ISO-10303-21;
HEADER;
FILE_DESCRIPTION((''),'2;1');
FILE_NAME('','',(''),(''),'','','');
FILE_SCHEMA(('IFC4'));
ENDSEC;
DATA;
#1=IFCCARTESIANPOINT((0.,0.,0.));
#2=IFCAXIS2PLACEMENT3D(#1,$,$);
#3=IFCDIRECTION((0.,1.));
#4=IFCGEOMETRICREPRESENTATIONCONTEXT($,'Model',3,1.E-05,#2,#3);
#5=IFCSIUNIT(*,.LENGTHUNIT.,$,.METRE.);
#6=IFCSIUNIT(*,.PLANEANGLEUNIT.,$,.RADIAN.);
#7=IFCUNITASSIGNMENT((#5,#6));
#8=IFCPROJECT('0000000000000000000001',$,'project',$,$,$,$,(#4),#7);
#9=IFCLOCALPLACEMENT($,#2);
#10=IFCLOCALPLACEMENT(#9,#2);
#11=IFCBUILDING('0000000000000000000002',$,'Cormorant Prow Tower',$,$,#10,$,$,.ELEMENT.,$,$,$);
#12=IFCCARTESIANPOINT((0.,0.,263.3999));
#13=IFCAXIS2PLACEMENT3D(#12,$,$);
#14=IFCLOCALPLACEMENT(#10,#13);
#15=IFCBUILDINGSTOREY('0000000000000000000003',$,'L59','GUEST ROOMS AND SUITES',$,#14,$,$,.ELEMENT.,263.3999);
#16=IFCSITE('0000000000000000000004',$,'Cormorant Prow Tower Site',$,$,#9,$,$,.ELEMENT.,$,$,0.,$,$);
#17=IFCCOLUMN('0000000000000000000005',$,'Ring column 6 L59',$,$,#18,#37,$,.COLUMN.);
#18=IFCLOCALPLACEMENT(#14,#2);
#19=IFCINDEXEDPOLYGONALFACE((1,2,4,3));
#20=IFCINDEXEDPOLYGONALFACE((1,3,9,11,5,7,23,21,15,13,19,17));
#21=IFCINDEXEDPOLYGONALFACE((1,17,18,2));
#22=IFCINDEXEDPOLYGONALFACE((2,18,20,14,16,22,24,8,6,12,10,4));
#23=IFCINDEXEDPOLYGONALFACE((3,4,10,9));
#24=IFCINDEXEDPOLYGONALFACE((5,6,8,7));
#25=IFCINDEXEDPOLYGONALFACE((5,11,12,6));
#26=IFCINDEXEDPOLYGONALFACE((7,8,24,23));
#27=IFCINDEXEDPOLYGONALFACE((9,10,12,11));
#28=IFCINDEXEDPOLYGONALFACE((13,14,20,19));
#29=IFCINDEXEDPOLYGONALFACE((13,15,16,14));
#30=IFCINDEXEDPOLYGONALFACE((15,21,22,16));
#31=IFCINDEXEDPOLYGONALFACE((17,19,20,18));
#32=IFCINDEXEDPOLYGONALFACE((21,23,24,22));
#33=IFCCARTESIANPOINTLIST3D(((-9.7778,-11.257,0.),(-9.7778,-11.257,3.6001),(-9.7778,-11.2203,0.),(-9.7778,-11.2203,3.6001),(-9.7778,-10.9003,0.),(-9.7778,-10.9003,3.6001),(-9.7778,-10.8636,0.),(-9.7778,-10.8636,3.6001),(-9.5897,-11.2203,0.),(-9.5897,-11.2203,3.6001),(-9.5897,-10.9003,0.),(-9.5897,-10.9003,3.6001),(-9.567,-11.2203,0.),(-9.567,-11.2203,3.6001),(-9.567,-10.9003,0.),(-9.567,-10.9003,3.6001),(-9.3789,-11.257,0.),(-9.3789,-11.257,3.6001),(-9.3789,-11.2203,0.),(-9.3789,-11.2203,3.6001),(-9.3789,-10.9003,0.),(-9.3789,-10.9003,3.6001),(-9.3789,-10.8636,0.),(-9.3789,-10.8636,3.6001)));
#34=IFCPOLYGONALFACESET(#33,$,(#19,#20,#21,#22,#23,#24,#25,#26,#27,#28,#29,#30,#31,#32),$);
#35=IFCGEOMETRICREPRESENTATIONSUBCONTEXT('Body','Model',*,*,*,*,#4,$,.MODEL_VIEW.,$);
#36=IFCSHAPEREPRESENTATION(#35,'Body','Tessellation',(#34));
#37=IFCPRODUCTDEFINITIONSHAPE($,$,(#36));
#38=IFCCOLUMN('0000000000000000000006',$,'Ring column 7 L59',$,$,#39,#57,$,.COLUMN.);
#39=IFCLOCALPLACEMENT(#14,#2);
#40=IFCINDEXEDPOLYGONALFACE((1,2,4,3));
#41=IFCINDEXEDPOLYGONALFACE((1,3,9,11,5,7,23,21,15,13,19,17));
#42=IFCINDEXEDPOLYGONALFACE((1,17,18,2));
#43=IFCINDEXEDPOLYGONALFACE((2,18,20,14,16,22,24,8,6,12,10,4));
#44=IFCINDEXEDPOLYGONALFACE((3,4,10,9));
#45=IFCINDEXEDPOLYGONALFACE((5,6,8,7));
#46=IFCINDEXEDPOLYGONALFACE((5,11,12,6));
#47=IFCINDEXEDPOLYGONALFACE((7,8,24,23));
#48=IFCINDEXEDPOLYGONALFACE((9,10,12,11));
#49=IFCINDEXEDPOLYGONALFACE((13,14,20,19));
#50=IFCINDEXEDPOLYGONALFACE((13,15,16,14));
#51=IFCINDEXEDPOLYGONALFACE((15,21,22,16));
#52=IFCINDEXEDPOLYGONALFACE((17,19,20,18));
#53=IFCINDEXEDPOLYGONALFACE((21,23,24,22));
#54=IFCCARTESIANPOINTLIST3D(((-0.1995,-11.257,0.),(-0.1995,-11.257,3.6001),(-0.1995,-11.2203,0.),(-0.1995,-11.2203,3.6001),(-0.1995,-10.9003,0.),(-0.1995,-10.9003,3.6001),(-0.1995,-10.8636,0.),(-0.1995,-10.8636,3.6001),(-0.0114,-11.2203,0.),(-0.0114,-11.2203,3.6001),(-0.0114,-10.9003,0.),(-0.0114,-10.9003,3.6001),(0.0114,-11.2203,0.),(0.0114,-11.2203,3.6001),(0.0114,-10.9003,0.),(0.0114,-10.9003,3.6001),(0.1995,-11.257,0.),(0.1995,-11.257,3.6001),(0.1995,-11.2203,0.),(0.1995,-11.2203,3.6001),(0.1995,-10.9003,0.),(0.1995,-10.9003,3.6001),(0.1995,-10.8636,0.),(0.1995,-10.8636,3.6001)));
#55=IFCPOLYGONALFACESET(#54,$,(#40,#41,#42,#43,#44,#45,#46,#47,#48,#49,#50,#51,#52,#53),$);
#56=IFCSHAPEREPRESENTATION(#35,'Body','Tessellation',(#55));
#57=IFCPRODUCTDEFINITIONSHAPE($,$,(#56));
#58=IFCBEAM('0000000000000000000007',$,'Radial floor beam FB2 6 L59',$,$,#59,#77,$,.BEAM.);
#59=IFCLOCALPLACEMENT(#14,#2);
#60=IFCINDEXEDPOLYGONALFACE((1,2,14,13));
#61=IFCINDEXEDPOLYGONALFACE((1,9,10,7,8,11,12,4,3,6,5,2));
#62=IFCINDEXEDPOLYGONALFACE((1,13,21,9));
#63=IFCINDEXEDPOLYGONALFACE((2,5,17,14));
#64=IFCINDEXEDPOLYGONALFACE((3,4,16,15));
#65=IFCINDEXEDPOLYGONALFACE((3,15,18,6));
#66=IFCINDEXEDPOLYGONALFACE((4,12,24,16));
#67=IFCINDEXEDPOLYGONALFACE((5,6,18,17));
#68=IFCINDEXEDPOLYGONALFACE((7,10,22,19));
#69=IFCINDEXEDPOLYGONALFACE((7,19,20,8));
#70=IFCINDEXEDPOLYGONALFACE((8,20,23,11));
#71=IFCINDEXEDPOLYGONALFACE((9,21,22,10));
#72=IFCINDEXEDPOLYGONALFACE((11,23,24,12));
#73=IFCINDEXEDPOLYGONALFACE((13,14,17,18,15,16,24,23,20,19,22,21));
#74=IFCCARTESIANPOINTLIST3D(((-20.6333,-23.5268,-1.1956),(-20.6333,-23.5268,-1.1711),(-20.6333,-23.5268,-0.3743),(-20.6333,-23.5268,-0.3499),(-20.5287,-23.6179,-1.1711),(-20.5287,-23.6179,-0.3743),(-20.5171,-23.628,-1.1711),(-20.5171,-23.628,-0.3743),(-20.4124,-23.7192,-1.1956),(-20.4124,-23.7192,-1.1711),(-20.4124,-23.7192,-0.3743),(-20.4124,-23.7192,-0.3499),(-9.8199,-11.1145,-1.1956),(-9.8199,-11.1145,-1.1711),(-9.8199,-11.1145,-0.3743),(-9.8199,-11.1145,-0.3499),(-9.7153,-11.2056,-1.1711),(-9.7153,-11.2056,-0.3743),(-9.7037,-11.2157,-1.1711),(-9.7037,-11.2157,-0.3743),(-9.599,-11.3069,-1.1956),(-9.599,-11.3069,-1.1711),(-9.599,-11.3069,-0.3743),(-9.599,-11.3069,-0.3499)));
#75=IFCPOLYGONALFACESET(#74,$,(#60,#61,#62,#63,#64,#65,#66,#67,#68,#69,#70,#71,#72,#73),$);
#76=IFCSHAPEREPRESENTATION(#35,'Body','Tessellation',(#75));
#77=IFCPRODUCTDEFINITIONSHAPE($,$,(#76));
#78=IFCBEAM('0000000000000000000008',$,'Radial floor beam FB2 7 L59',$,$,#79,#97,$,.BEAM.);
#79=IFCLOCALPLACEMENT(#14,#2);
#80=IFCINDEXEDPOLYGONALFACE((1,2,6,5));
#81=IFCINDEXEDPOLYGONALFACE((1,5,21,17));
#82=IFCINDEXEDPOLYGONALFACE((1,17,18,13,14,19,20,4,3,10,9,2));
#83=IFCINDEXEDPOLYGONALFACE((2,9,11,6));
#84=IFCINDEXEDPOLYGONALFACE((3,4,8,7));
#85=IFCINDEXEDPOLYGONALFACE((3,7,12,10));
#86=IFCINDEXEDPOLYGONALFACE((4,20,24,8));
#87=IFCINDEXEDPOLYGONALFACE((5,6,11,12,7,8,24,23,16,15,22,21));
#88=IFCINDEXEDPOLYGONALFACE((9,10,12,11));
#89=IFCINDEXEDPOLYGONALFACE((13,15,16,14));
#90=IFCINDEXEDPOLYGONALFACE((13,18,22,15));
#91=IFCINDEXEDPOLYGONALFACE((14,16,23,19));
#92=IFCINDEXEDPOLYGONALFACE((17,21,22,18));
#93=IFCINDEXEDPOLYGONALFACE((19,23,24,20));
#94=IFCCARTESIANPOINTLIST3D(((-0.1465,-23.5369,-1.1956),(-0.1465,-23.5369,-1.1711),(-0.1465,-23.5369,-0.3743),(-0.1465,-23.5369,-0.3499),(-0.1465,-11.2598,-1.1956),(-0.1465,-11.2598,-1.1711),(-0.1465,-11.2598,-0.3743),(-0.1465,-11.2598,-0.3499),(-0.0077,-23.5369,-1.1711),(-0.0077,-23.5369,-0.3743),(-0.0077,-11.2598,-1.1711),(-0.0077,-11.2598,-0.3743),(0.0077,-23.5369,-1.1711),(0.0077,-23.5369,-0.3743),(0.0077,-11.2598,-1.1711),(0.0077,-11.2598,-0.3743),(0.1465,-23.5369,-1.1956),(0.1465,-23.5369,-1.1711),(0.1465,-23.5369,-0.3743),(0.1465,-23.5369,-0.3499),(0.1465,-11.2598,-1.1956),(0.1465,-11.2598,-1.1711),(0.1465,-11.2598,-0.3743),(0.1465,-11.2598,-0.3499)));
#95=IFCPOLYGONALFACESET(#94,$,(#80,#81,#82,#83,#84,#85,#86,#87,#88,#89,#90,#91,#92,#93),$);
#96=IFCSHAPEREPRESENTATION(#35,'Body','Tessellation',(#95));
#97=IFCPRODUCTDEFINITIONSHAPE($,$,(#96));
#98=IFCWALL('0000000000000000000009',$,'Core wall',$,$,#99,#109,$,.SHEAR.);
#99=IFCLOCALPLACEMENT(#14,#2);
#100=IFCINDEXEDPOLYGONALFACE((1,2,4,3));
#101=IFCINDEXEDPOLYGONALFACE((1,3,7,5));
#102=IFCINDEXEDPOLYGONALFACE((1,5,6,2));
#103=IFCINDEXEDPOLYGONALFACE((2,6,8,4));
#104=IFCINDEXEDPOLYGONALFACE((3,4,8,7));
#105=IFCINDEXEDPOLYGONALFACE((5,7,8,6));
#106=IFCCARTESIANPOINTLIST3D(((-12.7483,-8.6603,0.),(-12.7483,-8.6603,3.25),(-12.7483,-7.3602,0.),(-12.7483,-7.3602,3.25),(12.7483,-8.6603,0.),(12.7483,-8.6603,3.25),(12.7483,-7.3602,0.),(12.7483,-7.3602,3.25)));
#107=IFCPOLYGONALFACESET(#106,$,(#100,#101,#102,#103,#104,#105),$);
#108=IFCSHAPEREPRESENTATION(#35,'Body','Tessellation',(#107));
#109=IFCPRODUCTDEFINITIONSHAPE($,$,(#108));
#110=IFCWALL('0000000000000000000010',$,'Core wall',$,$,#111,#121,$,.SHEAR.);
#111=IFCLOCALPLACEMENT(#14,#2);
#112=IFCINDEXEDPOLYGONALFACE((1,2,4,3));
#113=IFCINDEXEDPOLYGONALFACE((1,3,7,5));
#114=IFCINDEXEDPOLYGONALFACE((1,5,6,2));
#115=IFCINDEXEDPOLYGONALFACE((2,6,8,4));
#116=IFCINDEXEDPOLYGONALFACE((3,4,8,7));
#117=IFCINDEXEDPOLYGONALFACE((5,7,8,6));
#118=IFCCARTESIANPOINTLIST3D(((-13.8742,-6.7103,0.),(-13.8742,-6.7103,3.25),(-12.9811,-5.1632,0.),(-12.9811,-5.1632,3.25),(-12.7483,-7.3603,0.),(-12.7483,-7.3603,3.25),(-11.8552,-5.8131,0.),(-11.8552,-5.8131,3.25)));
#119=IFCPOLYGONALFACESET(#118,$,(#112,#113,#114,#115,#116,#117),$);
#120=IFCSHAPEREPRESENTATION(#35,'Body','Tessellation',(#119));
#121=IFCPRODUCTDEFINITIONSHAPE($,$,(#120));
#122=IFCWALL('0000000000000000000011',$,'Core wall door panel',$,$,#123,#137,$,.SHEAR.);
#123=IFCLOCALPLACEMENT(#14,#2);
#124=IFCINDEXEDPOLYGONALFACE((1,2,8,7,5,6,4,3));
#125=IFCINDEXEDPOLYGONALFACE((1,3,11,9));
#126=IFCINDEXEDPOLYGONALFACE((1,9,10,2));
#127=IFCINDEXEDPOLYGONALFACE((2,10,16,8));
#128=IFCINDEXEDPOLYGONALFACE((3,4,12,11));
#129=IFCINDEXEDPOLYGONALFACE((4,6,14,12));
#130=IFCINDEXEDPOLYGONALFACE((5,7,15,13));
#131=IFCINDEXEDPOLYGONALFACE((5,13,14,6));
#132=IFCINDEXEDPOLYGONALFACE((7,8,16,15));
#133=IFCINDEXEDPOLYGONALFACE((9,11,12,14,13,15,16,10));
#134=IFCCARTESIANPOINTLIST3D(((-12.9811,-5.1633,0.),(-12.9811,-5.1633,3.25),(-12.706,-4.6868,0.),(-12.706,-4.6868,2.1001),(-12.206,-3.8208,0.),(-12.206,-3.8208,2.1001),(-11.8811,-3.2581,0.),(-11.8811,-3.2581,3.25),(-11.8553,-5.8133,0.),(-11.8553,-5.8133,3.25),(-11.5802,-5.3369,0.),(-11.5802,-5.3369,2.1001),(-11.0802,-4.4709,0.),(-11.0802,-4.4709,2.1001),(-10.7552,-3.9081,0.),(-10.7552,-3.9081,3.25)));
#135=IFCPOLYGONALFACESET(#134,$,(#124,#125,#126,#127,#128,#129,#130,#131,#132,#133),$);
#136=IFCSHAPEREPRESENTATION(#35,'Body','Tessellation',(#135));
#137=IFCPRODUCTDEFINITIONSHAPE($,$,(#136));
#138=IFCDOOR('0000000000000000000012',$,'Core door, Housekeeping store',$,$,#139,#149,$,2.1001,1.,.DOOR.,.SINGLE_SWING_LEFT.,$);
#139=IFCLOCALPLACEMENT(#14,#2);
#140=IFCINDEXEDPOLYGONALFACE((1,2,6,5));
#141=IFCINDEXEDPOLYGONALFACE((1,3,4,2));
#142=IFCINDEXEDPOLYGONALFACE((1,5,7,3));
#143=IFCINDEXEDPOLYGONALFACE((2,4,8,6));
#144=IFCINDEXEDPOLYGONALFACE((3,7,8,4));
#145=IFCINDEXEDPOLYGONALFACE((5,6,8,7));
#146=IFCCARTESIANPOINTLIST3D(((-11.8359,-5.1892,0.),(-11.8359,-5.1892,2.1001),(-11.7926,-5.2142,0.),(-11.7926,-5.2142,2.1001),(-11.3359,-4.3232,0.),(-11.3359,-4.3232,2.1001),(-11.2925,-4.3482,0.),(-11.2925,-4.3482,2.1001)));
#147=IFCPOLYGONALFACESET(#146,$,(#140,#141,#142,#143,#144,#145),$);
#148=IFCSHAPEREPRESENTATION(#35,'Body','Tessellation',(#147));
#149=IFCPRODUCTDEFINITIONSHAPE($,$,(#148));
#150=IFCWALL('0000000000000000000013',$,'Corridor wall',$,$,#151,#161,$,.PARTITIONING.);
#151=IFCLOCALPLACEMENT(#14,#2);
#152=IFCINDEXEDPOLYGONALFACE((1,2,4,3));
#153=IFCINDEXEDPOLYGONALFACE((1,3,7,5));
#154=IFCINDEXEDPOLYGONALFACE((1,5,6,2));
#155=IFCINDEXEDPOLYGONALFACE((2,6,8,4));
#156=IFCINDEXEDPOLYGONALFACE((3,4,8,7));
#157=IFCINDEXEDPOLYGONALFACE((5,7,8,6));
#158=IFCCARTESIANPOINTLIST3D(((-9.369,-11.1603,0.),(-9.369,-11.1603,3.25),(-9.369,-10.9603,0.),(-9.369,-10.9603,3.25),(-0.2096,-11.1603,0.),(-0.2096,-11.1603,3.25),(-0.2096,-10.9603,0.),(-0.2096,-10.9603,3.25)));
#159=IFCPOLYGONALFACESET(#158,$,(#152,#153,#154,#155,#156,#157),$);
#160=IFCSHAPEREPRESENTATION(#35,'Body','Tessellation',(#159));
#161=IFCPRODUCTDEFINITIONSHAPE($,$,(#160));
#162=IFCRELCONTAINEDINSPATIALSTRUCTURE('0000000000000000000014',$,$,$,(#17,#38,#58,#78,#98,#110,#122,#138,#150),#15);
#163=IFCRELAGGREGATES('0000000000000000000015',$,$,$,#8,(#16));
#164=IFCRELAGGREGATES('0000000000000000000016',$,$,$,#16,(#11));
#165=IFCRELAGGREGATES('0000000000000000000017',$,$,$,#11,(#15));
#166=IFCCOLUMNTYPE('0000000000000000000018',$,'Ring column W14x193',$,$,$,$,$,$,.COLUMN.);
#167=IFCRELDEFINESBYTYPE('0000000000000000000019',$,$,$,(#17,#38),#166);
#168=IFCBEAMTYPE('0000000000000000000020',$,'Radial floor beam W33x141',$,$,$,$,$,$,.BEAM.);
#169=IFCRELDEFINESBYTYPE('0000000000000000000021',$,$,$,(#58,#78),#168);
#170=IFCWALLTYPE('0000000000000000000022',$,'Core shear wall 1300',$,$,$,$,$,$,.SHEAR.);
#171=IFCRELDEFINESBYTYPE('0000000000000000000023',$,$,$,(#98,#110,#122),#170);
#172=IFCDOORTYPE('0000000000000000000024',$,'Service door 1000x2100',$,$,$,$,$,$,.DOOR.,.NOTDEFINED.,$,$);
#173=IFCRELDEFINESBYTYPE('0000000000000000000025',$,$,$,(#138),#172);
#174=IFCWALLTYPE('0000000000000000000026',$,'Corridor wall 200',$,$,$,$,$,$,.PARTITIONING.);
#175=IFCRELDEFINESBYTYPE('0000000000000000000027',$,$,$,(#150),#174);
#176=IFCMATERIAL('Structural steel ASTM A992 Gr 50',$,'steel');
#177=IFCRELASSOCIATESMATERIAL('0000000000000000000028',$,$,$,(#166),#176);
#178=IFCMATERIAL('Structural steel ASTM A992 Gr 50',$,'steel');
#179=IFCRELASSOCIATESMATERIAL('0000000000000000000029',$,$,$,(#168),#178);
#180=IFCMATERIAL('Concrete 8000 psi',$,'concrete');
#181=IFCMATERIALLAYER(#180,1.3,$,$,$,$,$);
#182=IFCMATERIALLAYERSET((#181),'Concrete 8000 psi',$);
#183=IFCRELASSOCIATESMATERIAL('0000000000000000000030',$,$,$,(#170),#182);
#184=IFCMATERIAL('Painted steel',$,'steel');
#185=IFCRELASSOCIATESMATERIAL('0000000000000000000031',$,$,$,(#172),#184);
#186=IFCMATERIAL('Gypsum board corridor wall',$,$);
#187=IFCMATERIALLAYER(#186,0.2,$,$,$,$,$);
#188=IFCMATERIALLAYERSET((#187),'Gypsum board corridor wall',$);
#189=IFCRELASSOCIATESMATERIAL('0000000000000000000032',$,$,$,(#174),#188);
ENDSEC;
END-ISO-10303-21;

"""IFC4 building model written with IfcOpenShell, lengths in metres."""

from ifc_helpers import new_model, si_unit, direction, frame, frame_2d, origin, origin_2d, place, context, subcontext, project, spatial, rectangle, i_section, extrude, material, layer, layer_set, material_profile, profile_set, type_object, element, fill, save


model = new_model("IFC4")

# Units and contexts
model_context = context("Model", 3, precision=1e-05, world=origin(), true_north=direction((0.0, 1.0)))
body_context = subcontext(model_context, "Body", "Model", "MODEL_VIEW")
ifc_project = project(units=[si_unit("LENGTHUNIT", "METRE"), si_unit("PLANEANGLEUNIT", "RADIAN")], contexts=[model_context])

# Site, building, storey
site_placement = place(None, origin())
site = spatial("IfcSite", under=ifc_project, at=site_placement, Name="Cormorant Prow Tower Site", CompositionType="ELEMENT", RefElevation=0.0)
building_placement = place(site_placement, origin())
building = spatial("IfcBuilding", under=site, at=building_placement, Name="Cormorant Prow Tower", CompositionType="ELEMENT")
storey_placement = place(building_placement, frame((0.0, 0.0, 263.3999)))
storey = spatial("IfcBuildingStorey", under=building, at=storey_placement, Name="L59", Description="GUEST ROOMS AND SUITES", CompositionType="ELEMENT", Elevation=263.3999)

# Columns
ifc_material_1 = material(Name="Structural steel ASTM A992 Gr 50", Category="steel")
ifc_material_profile_1 = material_profile(ifc_material_1, i_section(OverallWidth=0.3989, OverallDepth=0.3933, WebThickness=0.0227, FlangeThickness=0.0366, at=origin_2d()), Name="W14x193")
ifc_profile_set_1 = profile_set([ifc_material_profile_1], Name="Structural steel ASTM A992 Gr 50")
column_type = type_object("IfcColumnType", Name="Ring column W14x193", PredefinedType="COLUMN", material=ifc_profile_set_1)
for number, where, z_axis, x_axis, name in (
    (1, (-9.5784, -11.0603, 0.0), (0.0, 0.0, 1.0), (1.0, 0.0, 0.0), "Ring column 6 L59"),
    (2, (0.0, -11.0603, 0.0), (0.0, 0.0, 1.0), (1.0, 0.0, 0.0), "Ring column 7 L59"),
):
    element("IfcColumn", number, at=place(storey_placement, frame(where, z_axis=z_axis, x_axis=x_axis)), inside=storey, type_object=column_type, Name=name, PredefinedType="COLUMN", context=body_context, shape_type="SweptSolid", body=[
        extrude(i_section(OverallWidth=0.3989, OverallDepth=0.3933, WebThickness=0.0227, FlangeThickness=0.0366, at=origin_2d()), origin(), (0.0, 0.0, 1.0), 3.6001),
    ])

# Beams
ifc_material_2 = material(Name="Structural steel ASTM A992 Gr 50", Category="steel")
ifc_material_profile_2 = material_profile(ifc_material_2, i_section(OverallWidth=0.293, OverallDepth=0.8457, WebThickness=0.0154, FlangeThickness=0.0244, at=origin_2d()), Name="W33x141")
ifc_profile_set_2 = profile_set([ifc_material_profile_2], Name="Structural steel ASTM A992 Gr 50")
beam_type = type_object("IfcBeamType", Name="Radial floor beam W33x141", PredefinedType="BEAM", material=ifc_profile_set_2)
beam_1_placement = place(storey_placement, frame((-9.7095, -11.2107, -0.7727), z_axis=(-0.656875, -0.754, 0.0), x_axis=(0.754, -0.656875, 0.0)))
element("IfcBeam", 3, at=beam_1_placement, inside=storey, type_object=beam_type, Name="Radial floor beam FB2 6 L59", PredefinedType="BEAM", context=body_context, shape_type="SweptSolid", body=[
    extrude(i_section(OverallWidth=0.293, OverallDepth=0.8457, WebThickness=0.0154, FlangeThickness=0.0244, at=origin_2d()), origin(), (0.0, 0.0, 1.0), 16.4619),
])
beam_2_placement = place(storey_placement, frame((0.0, -11.2598, -0.7727), z_axis=(0.0, -1.0, 0.0), x_axis=(1.0, 0.0, 0.0)))
element("IfcBeam", 4, at=beam_2_placement, inside=storey, type_object=beam_type, Name="Radial floor beam FB2 7 L59", PredefinedType="BEAM", context=body_context, shape_type="SweptSolid", body=[
    extrude(i_section(OverallWidth=0.293, OverallDepth=0.8457, WebThickness=0.0154, FlangeThickness=0.0244, at=origin_2d()), origin(), (0.0, 0.0, 1.0), 12.2771),
])

# Walls
ifc_material_3 = material(Name="Concrete 8000 psi", Category="concrete")
ifc_layer_1 = layer(ifc_material_3, 1.3)
ifc_layer_set_1 = layer_set([ifc_layer_1], Name="Concrete 8000 psi")
wall_type_1 = type_object("IfcWallType", Name="Core shear wall 1300", PredefinedType="SHEAR", material=ifc_layer_set_1)
wall_1_placement = place(storey_placement, frame((-12.7483, -8.0103, 0.0), z_axis=(0.0, 0.0, 1.0), x_axis=(1.0, 0.0, 0.0)))
element("IfcWall", 5, at=wall_1_placement, inside=storey, type_object=wall_type_1, Name="Core wall", PredefinedType="SHEAR", context=body_context, shape_type="SweptSolid", body=[
    extrude(rectangle(XDim=25.4966, YDim=1.3, at=frame_2d((12.7483, 0.0))), origin(), (0.0, 0.0, 1.0), 3.25),
])
wall_2_placement = place(storey_placement, frame((-12.4182, -5.4883, 0.0), z_axis=(0.0, 0.0, 1.0), x_axis=(-0.499931, -0.866065, 0.0)))
element("IfcWall", 6, at=wall_2_placement, inside=storey, type_object=wall_type_1, Name="Core wall", PredefinedType="SHEAR", context=body_context, shape_type="SweptSolid", body=[
    extrude(rectangle(XDim=1.7864, YDim=1.3, at=frame_2d((0.8931, 0.0))), origin(), (0.0, 0.0, 1.0), 3.25),
])

# Wall, opening, door
wall_3_placement = place(storey_placement, frame((-11.3181, -3.583, 0.0), z_axis=(0.0, 0.0, 1.0), x_axis=(-0.50003, -0.866008, 0.0)))
wall_3 = element("IfcWall", 7, at=wall_3_placement, inside=storey, type_object=wall_type_1, Name="Core wall door panel", PredefinedType="SHEAR", context=body_context, shape_type="SweptSolid", body=[
    extrude(rectangle(XDim=2.2, YDim=1.3, at=frame_2d((1.1001, 0.0))), origin(), (0.0, 0.0, 1.0), 3.25),
])
opening_1_placement = place(wall_3_placement, frame((0.6499, 0.0, 0.0)))
opening_1 = element("IfcOpeningElement", 8, at=opening_1_placement, cuts=wall_3, PredefinedType="OPENING", context=body_context, shape_type="SweptSolid", body=[
    extrude(rectangle(XDim=1.0, YDim=2.1001, at=frame_2d((0.5, 1.05))), frame((0.0, 0.6599, 0.0), z_axis=(0.0, -1.0, 0.0), x_axis=(1.0, 0.0, 0.0)), (0.0, 0.0, 1.0), 1.3201),
])
ifc_material_4 = material(Name="Painted steel", Category="steel")
door_type_1 = type_object("IfcDoorType", Name="Service door 1000x2100", OperationType="NOTDEFINED", PredefinedType="DOOR", material=ifc_material_4)
door_1_placement = place(opening_1_placement, origin())
door_1 = element("IfcDoor", 9, at=door_1_placement, inside=storey, type_object=door_type_1, Name="Core door, Housekeeping store", OperationType="SINGLE_SWING_LEFT", OverallHeight=2.1001, OverallWidth=1.0, PredefinedType="DOOR", context=body_context, shape_type="SweptSolid", body=[
    extrude(rectangle(XDim=1.0, YDim=2.1001, at=frame_2d((0.5, 1.05))), frame((0.0, 0.4048, 0.0), z_axis=(0.0, -1.0, 0.0), x_axis=(1.0, 0.0, 0.0)), (0.0, 0.0, 1.0), 0.05),
])
fill(opening_1, door_1)

# Wall
ifc_material_5 = material(Name="Gypsum board corridor wall")
ifc_layer_2 = layer(ifc_material_5, 0.2)
ifc_layer_set_2 = layer_set([ifc_layer_2], Name="Gypsum board corridor wall")
wall_type_2 = type_object("IfcWallType", Name="Corridor wall 200", PredefinedType="PARTITIONING", material=ifc_layer_set_2)
wall_4_placement = place(storey_placement, frame((-9.3689, -11.0603, 0.0), z_axis=(0.0, 0.0, 1.0), x_axis=(1.0, 0.0, 0.0)))
element("IfcWall", 10, at=wall_4_placement, inside=storey, type_object=wall_type_2, Name="Corridor wall", PredefinedType="PARTITIONING", context=body_context, shape_type="SweptSolid", body=[
    extrude(rectangle(XDim=9.1594, YDim=0.2, at=frame_2d((4.5796, 0.0))), origin(), (0.0, 0.0, 1.0), 3.25),
])

save(model, "model.ifc")
